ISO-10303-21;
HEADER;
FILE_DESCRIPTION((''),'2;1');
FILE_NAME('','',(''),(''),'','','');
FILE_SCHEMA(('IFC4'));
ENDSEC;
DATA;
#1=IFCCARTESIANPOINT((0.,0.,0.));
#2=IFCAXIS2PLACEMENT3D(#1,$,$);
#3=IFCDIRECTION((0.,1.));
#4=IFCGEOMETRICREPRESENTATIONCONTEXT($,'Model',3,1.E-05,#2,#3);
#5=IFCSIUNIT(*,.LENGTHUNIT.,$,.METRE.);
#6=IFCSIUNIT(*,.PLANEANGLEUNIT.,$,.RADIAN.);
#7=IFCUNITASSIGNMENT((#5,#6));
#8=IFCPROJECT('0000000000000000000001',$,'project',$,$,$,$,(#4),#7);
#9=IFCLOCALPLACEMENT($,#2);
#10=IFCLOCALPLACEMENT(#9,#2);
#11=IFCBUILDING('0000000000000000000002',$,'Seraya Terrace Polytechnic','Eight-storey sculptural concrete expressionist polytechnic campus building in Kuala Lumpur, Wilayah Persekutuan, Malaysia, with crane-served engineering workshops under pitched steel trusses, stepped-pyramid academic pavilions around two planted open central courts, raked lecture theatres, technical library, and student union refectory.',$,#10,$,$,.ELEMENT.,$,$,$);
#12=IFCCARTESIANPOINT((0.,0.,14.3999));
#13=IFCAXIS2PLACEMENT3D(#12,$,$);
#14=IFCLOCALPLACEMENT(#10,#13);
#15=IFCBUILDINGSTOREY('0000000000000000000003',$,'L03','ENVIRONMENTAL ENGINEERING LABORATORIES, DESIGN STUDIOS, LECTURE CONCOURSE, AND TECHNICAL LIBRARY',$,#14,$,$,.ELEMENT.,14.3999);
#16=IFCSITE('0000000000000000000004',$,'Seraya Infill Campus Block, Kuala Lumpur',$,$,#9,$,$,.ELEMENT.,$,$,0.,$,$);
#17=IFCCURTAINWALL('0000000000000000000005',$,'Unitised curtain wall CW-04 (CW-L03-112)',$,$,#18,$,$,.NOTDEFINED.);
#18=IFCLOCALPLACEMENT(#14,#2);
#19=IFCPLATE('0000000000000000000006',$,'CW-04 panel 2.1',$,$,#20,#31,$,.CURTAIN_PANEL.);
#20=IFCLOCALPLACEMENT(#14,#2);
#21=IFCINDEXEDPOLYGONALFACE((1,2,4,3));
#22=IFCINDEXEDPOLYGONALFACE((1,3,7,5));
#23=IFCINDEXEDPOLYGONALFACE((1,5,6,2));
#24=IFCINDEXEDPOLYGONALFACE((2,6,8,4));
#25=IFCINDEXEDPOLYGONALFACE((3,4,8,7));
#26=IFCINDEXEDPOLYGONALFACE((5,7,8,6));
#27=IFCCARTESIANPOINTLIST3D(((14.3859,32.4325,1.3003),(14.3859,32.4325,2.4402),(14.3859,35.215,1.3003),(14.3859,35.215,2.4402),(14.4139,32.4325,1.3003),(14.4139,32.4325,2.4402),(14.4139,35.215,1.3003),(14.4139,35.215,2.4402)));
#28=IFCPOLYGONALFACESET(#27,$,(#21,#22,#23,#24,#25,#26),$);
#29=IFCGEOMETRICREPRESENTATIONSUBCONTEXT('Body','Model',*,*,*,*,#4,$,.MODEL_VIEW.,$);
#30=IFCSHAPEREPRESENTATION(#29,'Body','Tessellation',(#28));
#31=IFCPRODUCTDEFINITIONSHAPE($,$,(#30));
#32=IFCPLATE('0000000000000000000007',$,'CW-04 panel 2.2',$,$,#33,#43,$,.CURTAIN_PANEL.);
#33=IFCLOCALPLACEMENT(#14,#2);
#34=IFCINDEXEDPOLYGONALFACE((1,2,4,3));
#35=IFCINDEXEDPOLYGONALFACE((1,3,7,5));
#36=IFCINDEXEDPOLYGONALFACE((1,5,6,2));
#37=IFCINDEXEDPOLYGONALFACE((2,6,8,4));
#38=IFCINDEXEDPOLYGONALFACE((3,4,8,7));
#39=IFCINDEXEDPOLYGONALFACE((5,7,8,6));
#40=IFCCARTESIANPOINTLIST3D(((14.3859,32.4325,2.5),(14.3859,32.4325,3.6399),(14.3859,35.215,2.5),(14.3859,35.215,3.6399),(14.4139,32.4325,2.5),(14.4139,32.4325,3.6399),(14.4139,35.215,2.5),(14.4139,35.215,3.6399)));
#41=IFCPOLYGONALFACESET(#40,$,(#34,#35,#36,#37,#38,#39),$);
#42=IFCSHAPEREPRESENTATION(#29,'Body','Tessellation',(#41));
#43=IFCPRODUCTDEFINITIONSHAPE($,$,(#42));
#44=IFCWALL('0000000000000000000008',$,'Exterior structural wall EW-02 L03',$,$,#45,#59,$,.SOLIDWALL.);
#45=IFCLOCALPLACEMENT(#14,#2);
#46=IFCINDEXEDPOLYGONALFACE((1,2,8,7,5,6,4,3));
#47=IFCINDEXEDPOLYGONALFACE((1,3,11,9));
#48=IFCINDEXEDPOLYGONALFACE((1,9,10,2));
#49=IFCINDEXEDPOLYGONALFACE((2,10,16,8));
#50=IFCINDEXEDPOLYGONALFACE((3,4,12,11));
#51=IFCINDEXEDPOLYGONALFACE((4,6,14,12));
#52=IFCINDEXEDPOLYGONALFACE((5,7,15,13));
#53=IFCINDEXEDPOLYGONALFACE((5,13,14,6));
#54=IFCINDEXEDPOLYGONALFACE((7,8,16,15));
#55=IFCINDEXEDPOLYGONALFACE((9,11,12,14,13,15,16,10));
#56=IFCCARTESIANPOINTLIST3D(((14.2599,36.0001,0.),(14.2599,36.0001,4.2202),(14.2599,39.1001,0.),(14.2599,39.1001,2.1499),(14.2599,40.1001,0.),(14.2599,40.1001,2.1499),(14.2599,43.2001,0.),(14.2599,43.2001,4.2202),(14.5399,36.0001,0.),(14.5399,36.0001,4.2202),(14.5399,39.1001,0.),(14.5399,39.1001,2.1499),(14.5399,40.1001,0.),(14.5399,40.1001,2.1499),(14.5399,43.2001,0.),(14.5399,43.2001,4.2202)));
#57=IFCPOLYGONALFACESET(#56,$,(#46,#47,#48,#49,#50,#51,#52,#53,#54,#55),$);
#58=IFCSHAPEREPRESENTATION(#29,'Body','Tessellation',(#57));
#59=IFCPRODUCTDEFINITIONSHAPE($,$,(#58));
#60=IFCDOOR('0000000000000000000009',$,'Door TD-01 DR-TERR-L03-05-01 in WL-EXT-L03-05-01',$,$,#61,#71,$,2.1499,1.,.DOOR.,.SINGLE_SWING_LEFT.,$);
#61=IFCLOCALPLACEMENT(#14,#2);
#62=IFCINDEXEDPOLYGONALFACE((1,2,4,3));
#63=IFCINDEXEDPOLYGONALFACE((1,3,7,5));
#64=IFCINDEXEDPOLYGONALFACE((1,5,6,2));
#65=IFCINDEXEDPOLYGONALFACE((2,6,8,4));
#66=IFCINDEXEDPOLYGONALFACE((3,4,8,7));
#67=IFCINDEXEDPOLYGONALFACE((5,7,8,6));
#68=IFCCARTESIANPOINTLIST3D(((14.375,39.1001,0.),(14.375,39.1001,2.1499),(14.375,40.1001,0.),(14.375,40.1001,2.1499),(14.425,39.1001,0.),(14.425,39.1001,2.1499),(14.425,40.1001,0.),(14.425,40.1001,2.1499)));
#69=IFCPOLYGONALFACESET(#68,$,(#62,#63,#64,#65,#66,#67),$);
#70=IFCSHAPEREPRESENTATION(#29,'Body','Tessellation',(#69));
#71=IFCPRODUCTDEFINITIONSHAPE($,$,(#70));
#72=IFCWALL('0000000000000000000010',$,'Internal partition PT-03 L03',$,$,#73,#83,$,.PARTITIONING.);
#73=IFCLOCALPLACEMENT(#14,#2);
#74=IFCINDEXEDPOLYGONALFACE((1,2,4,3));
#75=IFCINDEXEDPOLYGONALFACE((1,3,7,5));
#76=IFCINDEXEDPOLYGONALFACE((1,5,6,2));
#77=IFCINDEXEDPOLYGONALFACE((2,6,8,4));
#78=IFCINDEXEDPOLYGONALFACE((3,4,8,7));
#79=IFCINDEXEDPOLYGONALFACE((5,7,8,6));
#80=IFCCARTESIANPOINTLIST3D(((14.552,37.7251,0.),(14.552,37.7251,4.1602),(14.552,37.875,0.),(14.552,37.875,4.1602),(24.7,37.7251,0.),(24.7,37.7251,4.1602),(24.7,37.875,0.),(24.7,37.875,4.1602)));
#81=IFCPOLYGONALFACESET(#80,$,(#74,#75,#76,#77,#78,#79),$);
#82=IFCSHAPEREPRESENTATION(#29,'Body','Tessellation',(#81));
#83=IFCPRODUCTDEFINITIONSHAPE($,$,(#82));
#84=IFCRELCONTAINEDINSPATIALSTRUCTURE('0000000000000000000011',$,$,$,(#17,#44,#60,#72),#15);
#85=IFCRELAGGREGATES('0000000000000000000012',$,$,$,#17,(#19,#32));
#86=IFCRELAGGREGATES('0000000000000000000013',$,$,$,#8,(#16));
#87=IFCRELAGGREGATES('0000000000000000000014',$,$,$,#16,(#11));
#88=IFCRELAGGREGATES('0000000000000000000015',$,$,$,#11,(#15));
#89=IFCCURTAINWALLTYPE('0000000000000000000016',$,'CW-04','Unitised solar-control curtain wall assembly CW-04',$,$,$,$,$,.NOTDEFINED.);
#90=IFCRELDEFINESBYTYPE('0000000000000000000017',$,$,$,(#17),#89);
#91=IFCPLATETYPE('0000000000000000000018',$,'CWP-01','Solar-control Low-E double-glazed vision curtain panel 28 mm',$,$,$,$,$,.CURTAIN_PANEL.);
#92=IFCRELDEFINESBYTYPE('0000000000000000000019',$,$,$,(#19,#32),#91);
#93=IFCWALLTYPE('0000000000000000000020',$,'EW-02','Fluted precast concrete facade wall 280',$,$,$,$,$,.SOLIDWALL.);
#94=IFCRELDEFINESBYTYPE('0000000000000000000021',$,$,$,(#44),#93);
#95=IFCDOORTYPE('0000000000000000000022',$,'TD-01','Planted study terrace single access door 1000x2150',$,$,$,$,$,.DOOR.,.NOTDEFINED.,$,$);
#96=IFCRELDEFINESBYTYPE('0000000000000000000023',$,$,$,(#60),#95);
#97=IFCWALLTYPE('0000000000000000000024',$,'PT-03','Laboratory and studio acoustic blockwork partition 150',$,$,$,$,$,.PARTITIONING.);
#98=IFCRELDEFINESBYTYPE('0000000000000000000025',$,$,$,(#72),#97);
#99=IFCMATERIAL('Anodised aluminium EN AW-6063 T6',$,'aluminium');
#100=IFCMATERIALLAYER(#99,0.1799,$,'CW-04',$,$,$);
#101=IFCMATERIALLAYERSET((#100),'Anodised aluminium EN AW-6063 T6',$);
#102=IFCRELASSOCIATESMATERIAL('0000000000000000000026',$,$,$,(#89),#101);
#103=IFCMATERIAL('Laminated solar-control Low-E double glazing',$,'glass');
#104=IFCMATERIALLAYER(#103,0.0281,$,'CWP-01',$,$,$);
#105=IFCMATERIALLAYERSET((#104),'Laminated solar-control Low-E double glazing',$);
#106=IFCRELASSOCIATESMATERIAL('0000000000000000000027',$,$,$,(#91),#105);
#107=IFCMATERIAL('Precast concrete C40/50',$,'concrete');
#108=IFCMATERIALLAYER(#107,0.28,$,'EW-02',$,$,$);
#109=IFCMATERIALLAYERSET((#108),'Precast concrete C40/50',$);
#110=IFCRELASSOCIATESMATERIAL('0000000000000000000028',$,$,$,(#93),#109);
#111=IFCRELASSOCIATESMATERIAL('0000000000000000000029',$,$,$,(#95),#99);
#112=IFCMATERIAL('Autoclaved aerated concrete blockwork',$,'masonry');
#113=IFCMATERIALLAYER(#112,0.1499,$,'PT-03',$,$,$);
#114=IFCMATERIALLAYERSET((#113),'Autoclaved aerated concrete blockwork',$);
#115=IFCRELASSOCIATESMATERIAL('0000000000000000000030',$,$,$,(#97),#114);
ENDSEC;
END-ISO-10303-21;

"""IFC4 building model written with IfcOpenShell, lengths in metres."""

from ifc_helpers import new_model, si_unit, direction, frame, frame_2d, origin, origin_2d, place, context, subcontext, project, spatial, rectangle, extrude, material, layer, layer_set, type_object, element, fill, aggregate, save


model = new_model("IFC4")

# Units and contexts
model_context = context("Model", 3, precision=1e-05, world=origin(), true_north=direction((0.0, 1.0)))
body_context = subcontext(model_context, "Body", "Model", "MODEL_VIEW")
ifc_project = project(units=[si_unit("LENGTHUNIT", "METRE"), si_unit("PLANEANGLEUNIT", "RADIAN")], contexts=[model_context])

# Site, building, storey
site_placement = place(None, origin())
site = spatial("IfcSite", under=ifc_project, at=site_placement, Name="Seraya Infill Campus Block, Kuala Lumpur", CompositionType="ELEMENT", RefElevation=0.0)
building_placement = place(site_placement, origin())
building = spatial("IfcBuilding", under=site, at=building_placement, Name="Seraya Terrace Polytechnic", Description="Eight-storey sculptural concrete expressionist polytechnic campus building in Kuala Lumpur, Wilayah Persekutuan, Malaysia, with crane-served engineering workshops under pitched steel trusses, stepped-pyramid academic pavilions around two planted open central courts, raked lecture theatres, technical library, and student union refectory.", CompositionType="ELEMENT")
storey_placement = place(building_placement, frame((0.0, 0.0, 14.3999)))
storey = spatial("IfcBuildingStorey", under=building, at=storey_placement, Name="L03", Description="ENVIRONMENTAL ENGINEERING LABORATORIES, DESIGN STUDIOS, LECTURE CONCOURSE, AND TECHNICAL LIBRARY", CompositionType="ELEMENT", Elevation=14.3999)

# Curtain wall, plates
ifc_material_1 = material(Name="Anodised aluminium EN AW-6063 T6", Category="aluminium")
ifc_layer_1 = layer(ifc_material_1, 0.1799, Name="CW-04")
ifc_layer_set_1 = layer_set([ifc_layer_1], Name="Anodised aluminium EN AW-6063 T6")
curtain_wall_type = type_object("IfcCurtainWallType", Name="CW-04", Description="Unitised solar-control curtain wall assembly CW-04", PredefinedType="NOTDEFINED", material=ifc_layer_set_1)
curtain_wall_placement = place(storey_placement, origin())
curtain_wall = element("IfcCurtainWall", 1, at=curtain_wall_placement, inside=storey, type_object=curtain_wall_type, Name="Unitised curtain wall CW-04 (CW-L03-112)", PredefinedType="NOTDEFINED")
ifc_material_2 = material(Name="Laminated solar-control Low-E double glazing", Category="glass")
ifc_layer_2 = layer(ifc_material_2, 0.0281, Name="CWP-01")
ifc_layer_set_2 = layer_set([ifc_layer_2], Name="Laminated solar-control Low-E double glazing")
plate_type = type_object("IfcPlateType", Name="CWP-01", Description="Solar-control Low-E double-glazed vision curtain panel 28 mm", PredefinedType="CURTAIN_PANEL", material=ifc_layer_set_2)
plate_1_placement = place(storey_placement, frame((14.3999, 33.8237, 1.3003), z_axis=(0.0, 0.0, 1.0), x_axis=(0.0, 1.0, 0.0)))
plate_1 = element("IfcPlate", 2, at=plate_1_placement, type_object=plate_type, Name="CW-04 panel 2.1", PredefinedType="CURTAIN_PANEL", context=body_context, shape_type="SweptSolid", body=[
    extrude(rectangle(XDim=2.7825, YDim=0.0281, at=origin_2d()), origin(), (0.0, 0.0, 1.0), 1.1399),
])
plate_2_placement = place(storey_placement, frame((14.3999, 33.8237, 2.5), z_axis=(0.0, 0.0, 1.0), x_axis=(0.0, 1.0, 0.0)))
plate_2 = element("IfcPlate", 3, at=plate_2_placement, type_object=plate_type, Name="CW-04 panel 2.2", PredefinedType="CURTAIN_PANEL", context=body_context, shape_type="SweptSolid", body=[
    extrude(rectangle(XDim=2.7825, YDim=0.0281, at=origin_2d()), origin(), (0.0, 0.0, 1.0), 1.1399),
])
aggregate(curtain_wall, [plate_1, plate_2])

# Wall, opening, door
ifc_material_3 = material(Name="Precast concrete C40/50", Category="concrete")
ifc_layer_3 = layer(ifc_material_3, 0.28, Name="EW-02")
ifc_layer_set_3 = layer_set([ifc_layer_3], Name="Precast concrete C40/50")
wall_type_1 = type_object("IfcWallType", Name="EW-02", Description="Fluted precast concrete facade wall 280", PredefinedType="SOLIDWALL", material=ifc_layer_set_3)
wall_1_placement = place(storey_placement, frame((14.3999, 36.0, 0.0), z_axis=(0.0, 0.0, 1.0), x_axis=(0.0, 1.0, 0.0)))
wall_1 = element("IfcWall", 4, at=wall_1_placement, inside=storey, type_object=wall_type_1, Name="Exterior structural wall EW-02 L03", PredefinedType="SOLIDWALL", context=body_context, shape_type="SweptSolid", body=[
    extrude(rectangle(XDim=7.2, YDim=0.28, at=frame_2d((3.6001, 0.0))), origin(), (0.0, 0.0, 1.0), 4.2202),
])
opening_placement = place(wall_1_placement, frame((3.1001, 0.0, 0.0)))
opening = element("IfcOpeningElement", 5, at=opening_placement, cuts=wall_1, PredefinedType="OPENING", context=body_context, shape_type="SweptSolid", body=[
    extrude(rectangle(XDim=1.0, YDim=2.1499, at=frame_2d((0.5, 1.075))), frame((0.0, 0.1519, 0.0), z_axis=(0.0, -1.0, 0.0), x_axis=(1.0, 0.0, 0.0)), (0.0, 0.0, 1.0), 0.304),
])
door_type = type_object("IfcDoorType", Name="TD-01", Description="Planted study terrace single access door 1000x2150", OperationType="NOTDEFINED", PredefinedType="DOOR", material=ifc_material_1)
door_placement = place(opening_placement, origin())
door = element("IfcDoor", 6, at=door_placement, inside=storey, type_object=door_type, Name="Door TD-01 DR-TERR-L03-05-01 in WL-EXT-L03-05-01", OperationType="SINGLE_SWING_LEFT", OverallHeight=2.1499, OverallWidth=1.0, PredefinedType="DOOR", context=body_context, shape_type="SweptSolid", body=[
    extrude(rectangle(XDim=1.0, YDim=2.1499, at=frame_2d((0.5, 1.075))), frame((0.0, 0.0249, 0.0), z_axis=(0.0, -1.0, 0.0), x_axis=(1.0, 0.0, 0.0)), (0.0, 0.0, 1.0), 0.05),
])
fill(opening, door)

# Wall
ifc_material_4 = material(Name="Autoclaved aerated concrete blockwork", Category="masonry")
ifc_layer_4 = layer(ifc_material_4, 0.1499, Name="PT-03")
ifc_layer_set_4 = layer_set([ifc_layer_4], Name="Autoclaved aerated concrete blockwork")
wall_type_2 = type_object("IfcWallType", Name="PT-03", Description="Laboratory and studio acoustic blockwork partition 150", PredefinedType="PARTITIONING", material=ifc_layer_set_4)
wall_2_placement = place(storey_placement, frame((14.552, 37.8, 0.0), z_axis=(0.0, 0.0, 1.0), x_axis=(1.0, 0.0, 0.0)))
element("IfcWall", 7, at=wall_2_placement, inside=storey, type_object=wall_type_2, Name="Internal partition PT-03 L03", PredefinedType="PARTITIONING", context=body_context, shape_type="SweptSolid", body=[
    extrude(rectangle(XDim=10.1479, YDim=0.1499, at=frame_2d((5.074, 0.0))), origin(), (0.0, 0.0, 1.0), 4.1602),
])

save(model, "model.ifc")
